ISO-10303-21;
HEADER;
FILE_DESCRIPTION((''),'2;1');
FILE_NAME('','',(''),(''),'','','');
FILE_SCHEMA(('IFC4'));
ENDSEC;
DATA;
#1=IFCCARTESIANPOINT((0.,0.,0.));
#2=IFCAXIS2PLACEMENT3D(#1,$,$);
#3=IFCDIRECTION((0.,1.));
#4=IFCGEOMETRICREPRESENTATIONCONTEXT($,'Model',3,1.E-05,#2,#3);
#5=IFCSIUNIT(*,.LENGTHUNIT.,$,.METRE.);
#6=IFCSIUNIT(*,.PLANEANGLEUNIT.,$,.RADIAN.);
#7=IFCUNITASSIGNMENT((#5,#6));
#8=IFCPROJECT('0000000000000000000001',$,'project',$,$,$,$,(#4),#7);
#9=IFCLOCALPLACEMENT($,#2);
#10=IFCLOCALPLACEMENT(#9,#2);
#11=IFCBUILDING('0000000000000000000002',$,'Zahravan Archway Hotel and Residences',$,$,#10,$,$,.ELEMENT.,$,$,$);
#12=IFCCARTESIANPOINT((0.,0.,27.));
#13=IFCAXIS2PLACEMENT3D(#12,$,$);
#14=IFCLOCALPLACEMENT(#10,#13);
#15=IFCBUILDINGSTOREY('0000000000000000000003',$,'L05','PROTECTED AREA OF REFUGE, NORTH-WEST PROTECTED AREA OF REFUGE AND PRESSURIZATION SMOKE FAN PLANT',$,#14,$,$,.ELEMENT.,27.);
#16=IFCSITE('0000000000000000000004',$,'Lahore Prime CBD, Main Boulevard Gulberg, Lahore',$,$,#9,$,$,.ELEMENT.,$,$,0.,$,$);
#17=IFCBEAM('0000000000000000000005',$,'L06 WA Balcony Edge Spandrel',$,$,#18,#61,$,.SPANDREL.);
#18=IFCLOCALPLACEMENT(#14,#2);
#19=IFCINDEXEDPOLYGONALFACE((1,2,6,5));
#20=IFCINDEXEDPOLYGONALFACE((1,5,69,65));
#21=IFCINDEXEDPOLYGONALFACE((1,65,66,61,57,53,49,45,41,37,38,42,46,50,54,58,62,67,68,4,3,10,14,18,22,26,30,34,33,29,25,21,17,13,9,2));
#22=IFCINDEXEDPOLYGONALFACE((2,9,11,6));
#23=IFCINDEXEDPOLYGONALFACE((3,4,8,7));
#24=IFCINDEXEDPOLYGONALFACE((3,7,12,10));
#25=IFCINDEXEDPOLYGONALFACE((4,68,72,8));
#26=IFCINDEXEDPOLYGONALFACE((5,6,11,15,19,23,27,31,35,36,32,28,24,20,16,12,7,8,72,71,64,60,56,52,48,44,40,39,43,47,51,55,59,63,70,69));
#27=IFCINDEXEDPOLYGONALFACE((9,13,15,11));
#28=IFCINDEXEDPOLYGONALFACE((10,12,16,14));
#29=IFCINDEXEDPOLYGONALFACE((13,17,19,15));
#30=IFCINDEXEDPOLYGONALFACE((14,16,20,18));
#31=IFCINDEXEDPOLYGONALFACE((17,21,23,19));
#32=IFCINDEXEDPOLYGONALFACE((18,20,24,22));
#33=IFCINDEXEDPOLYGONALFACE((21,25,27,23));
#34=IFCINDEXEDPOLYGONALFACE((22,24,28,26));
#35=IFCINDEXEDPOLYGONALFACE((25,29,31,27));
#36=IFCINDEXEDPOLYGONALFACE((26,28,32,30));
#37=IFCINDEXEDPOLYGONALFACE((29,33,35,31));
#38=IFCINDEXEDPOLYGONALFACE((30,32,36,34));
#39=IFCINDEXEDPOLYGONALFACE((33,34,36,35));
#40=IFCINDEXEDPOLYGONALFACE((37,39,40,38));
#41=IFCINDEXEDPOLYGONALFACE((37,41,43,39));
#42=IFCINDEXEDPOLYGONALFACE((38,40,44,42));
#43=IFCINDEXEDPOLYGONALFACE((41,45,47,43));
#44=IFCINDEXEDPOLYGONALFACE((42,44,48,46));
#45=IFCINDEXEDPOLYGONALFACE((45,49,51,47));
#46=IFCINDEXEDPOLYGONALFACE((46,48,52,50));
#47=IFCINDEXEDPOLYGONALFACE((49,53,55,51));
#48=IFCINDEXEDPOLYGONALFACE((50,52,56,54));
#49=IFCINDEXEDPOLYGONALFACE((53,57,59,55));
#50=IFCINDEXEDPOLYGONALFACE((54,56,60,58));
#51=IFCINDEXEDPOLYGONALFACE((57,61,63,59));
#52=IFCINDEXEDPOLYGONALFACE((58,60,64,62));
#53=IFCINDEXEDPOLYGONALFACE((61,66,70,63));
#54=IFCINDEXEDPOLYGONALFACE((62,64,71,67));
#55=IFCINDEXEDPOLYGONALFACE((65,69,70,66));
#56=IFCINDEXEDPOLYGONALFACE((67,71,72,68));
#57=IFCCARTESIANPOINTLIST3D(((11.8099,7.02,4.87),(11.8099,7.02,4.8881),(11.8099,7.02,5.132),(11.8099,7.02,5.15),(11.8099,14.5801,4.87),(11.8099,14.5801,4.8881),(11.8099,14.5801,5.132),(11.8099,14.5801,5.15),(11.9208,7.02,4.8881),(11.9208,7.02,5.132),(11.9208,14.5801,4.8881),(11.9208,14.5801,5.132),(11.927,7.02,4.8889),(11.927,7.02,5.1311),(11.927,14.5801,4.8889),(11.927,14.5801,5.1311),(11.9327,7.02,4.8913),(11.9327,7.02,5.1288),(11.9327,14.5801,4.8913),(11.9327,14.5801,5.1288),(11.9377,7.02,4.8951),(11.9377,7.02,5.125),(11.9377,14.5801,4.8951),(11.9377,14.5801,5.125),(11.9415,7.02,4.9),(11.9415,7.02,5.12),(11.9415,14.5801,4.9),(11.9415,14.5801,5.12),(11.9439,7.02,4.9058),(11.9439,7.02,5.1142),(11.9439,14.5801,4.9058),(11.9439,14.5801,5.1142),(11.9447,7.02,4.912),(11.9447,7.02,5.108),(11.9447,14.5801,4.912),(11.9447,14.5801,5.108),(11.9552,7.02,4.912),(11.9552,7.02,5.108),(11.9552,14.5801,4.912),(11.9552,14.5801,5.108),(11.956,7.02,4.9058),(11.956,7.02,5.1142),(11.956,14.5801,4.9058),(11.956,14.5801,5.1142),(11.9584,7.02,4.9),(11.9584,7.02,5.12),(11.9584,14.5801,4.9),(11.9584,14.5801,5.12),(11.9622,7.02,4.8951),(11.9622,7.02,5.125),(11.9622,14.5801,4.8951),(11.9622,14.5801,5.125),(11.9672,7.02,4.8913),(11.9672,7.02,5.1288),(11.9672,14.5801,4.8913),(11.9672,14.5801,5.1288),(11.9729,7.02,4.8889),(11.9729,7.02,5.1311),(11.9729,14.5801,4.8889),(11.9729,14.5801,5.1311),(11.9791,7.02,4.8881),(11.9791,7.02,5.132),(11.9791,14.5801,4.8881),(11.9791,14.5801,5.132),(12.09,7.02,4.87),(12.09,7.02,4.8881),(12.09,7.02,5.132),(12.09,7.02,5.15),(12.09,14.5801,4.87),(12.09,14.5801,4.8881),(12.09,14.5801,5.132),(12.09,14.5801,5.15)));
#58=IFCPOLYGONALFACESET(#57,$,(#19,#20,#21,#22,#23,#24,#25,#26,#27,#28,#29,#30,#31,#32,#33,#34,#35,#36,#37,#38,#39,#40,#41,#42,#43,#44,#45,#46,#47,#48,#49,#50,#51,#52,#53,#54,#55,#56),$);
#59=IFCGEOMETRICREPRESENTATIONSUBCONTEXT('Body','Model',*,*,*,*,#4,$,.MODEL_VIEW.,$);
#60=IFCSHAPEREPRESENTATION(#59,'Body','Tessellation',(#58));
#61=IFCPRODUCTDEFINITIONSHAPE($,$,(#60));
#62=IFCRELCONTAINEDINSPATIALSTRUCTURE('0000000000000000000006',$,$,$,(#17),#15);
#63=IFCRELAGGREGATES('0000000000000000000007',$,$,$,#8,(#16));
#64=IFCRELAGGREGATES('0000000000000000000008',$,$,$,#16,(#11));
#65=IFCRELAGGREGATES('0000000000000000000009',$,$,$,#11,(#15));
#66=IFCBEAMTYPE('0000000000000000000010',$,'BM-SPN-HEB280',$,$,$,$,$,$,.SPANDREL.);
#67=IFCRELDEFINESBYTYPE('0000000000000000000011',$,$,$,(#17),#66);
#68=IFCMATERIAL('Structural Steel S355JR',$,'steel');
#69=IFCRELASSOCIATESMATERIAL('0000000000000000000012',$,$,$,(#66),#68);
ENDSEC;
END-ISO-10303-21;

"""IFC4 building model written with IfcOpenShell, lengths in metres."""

from ifc_helpers import new_model, si_unit, direction, frame, origin, origin_2d, place, context, subcontext, project, spatial, i_section, extrude, source, transform, mapped, material, material_profile, profile_set, type_object, type_shapes, element, save


model = new_model("IFC4")

# Units and contexts
model_context = context("Model", 3, precision=1e-05, world=origin(), true_north=direction((0.0, 1.0)))
body_context = subcontext(model_context, "Body", "Model", "MODEL_VIEW")
ifc_project = project(units=[si_unit("LENGTHUNIT", "METRE"), si_unit("PLANEANGLEUNIT", "RADIAN")], contexts=[model_context])

# Site, building, storey
site_placement = place(None, origin())
site = spatial("IfcSite", under=ifc_project, at=site_placement, Name="Lahore Prime CBD, Main Boulevard Gulberg, Lahore", CompositionType="ELEMENT", RefElevation=0.0)
building_placement = place(site_placement, origin())
building = spatial("IfcBuilding", under=site, at=building_placement, Name="Zahravan Archway Hotel and Residences", CompositionType="ELEMENT")
storey_placement = place(building_placement, frame((0.0, 0.0, 27.0)))
storey = spatial("IfcBuildingStorey", under=building, at=storey_placement, Name="L05", Description="PROTECTED AREA OF REFUGE, NORTH-WEST PROTECTED AREA OF REFUGE AND PRESSURIZATION SMOKE FAN PLANT", CompositionType="ELEMENT", Elevation=27.0)

# Beam
ifc_material_1 = material(Name="Structural Steel S355JR", Category="steel")
ifc_material_profile_1 = material_profile(ifc_material_1, i_section(OverallWidth=0.28, OverallDepth=0.28, WebThickness=0.0105, FlangeThickness=0.0181, FilletRadius=0.0239, at=origin_2d()), Name="HEB 280", Category="steel")
ifc_profile_set_1 = profile_set([ifc_material_profile_1], Name="Structural Steel S355JR")
beam_type_1 = type_object("IfcBeamType", Name="BM-SPN-HEB280", PredefinedType="SPANDREL", material=ifc_profile_set_1)
shared_shape_1 = source(origin(), body_context, "Body", "SweptSolid", [
    extrude(i_section(OverallWidth=0.28, OverallDepth=0.28, WebThickness=0.0105, FlangeThickness=0.0181, FilletRadius=0.0239, at=origin_2d()), origin(), (0.0, 0.0, 1.0), 7.5601),
])
type_shapes(beam_type_1, [shared_shape_1])
beam_1_placement = place(storey_placement, frame((11.95, 7.02, 5.01), z_axis=(0.0, 1.0, 0.0), x_axis=(-1.0, 0.0, 0.0)))
element("IfcBeam", 1, at=beam_1_placement, inside=storey, type_object=beam_type_1, Name="L06 WA Balcony Edge Spandrel", PredefinedType="SPANDREL", context=body_context, shape_type="MappedRepresentation", body=[
    mapped(shared_shape_1, transform((0.0, 0.0, 0.0), scale=1.0)),
])

save(model, "model.ifc")
